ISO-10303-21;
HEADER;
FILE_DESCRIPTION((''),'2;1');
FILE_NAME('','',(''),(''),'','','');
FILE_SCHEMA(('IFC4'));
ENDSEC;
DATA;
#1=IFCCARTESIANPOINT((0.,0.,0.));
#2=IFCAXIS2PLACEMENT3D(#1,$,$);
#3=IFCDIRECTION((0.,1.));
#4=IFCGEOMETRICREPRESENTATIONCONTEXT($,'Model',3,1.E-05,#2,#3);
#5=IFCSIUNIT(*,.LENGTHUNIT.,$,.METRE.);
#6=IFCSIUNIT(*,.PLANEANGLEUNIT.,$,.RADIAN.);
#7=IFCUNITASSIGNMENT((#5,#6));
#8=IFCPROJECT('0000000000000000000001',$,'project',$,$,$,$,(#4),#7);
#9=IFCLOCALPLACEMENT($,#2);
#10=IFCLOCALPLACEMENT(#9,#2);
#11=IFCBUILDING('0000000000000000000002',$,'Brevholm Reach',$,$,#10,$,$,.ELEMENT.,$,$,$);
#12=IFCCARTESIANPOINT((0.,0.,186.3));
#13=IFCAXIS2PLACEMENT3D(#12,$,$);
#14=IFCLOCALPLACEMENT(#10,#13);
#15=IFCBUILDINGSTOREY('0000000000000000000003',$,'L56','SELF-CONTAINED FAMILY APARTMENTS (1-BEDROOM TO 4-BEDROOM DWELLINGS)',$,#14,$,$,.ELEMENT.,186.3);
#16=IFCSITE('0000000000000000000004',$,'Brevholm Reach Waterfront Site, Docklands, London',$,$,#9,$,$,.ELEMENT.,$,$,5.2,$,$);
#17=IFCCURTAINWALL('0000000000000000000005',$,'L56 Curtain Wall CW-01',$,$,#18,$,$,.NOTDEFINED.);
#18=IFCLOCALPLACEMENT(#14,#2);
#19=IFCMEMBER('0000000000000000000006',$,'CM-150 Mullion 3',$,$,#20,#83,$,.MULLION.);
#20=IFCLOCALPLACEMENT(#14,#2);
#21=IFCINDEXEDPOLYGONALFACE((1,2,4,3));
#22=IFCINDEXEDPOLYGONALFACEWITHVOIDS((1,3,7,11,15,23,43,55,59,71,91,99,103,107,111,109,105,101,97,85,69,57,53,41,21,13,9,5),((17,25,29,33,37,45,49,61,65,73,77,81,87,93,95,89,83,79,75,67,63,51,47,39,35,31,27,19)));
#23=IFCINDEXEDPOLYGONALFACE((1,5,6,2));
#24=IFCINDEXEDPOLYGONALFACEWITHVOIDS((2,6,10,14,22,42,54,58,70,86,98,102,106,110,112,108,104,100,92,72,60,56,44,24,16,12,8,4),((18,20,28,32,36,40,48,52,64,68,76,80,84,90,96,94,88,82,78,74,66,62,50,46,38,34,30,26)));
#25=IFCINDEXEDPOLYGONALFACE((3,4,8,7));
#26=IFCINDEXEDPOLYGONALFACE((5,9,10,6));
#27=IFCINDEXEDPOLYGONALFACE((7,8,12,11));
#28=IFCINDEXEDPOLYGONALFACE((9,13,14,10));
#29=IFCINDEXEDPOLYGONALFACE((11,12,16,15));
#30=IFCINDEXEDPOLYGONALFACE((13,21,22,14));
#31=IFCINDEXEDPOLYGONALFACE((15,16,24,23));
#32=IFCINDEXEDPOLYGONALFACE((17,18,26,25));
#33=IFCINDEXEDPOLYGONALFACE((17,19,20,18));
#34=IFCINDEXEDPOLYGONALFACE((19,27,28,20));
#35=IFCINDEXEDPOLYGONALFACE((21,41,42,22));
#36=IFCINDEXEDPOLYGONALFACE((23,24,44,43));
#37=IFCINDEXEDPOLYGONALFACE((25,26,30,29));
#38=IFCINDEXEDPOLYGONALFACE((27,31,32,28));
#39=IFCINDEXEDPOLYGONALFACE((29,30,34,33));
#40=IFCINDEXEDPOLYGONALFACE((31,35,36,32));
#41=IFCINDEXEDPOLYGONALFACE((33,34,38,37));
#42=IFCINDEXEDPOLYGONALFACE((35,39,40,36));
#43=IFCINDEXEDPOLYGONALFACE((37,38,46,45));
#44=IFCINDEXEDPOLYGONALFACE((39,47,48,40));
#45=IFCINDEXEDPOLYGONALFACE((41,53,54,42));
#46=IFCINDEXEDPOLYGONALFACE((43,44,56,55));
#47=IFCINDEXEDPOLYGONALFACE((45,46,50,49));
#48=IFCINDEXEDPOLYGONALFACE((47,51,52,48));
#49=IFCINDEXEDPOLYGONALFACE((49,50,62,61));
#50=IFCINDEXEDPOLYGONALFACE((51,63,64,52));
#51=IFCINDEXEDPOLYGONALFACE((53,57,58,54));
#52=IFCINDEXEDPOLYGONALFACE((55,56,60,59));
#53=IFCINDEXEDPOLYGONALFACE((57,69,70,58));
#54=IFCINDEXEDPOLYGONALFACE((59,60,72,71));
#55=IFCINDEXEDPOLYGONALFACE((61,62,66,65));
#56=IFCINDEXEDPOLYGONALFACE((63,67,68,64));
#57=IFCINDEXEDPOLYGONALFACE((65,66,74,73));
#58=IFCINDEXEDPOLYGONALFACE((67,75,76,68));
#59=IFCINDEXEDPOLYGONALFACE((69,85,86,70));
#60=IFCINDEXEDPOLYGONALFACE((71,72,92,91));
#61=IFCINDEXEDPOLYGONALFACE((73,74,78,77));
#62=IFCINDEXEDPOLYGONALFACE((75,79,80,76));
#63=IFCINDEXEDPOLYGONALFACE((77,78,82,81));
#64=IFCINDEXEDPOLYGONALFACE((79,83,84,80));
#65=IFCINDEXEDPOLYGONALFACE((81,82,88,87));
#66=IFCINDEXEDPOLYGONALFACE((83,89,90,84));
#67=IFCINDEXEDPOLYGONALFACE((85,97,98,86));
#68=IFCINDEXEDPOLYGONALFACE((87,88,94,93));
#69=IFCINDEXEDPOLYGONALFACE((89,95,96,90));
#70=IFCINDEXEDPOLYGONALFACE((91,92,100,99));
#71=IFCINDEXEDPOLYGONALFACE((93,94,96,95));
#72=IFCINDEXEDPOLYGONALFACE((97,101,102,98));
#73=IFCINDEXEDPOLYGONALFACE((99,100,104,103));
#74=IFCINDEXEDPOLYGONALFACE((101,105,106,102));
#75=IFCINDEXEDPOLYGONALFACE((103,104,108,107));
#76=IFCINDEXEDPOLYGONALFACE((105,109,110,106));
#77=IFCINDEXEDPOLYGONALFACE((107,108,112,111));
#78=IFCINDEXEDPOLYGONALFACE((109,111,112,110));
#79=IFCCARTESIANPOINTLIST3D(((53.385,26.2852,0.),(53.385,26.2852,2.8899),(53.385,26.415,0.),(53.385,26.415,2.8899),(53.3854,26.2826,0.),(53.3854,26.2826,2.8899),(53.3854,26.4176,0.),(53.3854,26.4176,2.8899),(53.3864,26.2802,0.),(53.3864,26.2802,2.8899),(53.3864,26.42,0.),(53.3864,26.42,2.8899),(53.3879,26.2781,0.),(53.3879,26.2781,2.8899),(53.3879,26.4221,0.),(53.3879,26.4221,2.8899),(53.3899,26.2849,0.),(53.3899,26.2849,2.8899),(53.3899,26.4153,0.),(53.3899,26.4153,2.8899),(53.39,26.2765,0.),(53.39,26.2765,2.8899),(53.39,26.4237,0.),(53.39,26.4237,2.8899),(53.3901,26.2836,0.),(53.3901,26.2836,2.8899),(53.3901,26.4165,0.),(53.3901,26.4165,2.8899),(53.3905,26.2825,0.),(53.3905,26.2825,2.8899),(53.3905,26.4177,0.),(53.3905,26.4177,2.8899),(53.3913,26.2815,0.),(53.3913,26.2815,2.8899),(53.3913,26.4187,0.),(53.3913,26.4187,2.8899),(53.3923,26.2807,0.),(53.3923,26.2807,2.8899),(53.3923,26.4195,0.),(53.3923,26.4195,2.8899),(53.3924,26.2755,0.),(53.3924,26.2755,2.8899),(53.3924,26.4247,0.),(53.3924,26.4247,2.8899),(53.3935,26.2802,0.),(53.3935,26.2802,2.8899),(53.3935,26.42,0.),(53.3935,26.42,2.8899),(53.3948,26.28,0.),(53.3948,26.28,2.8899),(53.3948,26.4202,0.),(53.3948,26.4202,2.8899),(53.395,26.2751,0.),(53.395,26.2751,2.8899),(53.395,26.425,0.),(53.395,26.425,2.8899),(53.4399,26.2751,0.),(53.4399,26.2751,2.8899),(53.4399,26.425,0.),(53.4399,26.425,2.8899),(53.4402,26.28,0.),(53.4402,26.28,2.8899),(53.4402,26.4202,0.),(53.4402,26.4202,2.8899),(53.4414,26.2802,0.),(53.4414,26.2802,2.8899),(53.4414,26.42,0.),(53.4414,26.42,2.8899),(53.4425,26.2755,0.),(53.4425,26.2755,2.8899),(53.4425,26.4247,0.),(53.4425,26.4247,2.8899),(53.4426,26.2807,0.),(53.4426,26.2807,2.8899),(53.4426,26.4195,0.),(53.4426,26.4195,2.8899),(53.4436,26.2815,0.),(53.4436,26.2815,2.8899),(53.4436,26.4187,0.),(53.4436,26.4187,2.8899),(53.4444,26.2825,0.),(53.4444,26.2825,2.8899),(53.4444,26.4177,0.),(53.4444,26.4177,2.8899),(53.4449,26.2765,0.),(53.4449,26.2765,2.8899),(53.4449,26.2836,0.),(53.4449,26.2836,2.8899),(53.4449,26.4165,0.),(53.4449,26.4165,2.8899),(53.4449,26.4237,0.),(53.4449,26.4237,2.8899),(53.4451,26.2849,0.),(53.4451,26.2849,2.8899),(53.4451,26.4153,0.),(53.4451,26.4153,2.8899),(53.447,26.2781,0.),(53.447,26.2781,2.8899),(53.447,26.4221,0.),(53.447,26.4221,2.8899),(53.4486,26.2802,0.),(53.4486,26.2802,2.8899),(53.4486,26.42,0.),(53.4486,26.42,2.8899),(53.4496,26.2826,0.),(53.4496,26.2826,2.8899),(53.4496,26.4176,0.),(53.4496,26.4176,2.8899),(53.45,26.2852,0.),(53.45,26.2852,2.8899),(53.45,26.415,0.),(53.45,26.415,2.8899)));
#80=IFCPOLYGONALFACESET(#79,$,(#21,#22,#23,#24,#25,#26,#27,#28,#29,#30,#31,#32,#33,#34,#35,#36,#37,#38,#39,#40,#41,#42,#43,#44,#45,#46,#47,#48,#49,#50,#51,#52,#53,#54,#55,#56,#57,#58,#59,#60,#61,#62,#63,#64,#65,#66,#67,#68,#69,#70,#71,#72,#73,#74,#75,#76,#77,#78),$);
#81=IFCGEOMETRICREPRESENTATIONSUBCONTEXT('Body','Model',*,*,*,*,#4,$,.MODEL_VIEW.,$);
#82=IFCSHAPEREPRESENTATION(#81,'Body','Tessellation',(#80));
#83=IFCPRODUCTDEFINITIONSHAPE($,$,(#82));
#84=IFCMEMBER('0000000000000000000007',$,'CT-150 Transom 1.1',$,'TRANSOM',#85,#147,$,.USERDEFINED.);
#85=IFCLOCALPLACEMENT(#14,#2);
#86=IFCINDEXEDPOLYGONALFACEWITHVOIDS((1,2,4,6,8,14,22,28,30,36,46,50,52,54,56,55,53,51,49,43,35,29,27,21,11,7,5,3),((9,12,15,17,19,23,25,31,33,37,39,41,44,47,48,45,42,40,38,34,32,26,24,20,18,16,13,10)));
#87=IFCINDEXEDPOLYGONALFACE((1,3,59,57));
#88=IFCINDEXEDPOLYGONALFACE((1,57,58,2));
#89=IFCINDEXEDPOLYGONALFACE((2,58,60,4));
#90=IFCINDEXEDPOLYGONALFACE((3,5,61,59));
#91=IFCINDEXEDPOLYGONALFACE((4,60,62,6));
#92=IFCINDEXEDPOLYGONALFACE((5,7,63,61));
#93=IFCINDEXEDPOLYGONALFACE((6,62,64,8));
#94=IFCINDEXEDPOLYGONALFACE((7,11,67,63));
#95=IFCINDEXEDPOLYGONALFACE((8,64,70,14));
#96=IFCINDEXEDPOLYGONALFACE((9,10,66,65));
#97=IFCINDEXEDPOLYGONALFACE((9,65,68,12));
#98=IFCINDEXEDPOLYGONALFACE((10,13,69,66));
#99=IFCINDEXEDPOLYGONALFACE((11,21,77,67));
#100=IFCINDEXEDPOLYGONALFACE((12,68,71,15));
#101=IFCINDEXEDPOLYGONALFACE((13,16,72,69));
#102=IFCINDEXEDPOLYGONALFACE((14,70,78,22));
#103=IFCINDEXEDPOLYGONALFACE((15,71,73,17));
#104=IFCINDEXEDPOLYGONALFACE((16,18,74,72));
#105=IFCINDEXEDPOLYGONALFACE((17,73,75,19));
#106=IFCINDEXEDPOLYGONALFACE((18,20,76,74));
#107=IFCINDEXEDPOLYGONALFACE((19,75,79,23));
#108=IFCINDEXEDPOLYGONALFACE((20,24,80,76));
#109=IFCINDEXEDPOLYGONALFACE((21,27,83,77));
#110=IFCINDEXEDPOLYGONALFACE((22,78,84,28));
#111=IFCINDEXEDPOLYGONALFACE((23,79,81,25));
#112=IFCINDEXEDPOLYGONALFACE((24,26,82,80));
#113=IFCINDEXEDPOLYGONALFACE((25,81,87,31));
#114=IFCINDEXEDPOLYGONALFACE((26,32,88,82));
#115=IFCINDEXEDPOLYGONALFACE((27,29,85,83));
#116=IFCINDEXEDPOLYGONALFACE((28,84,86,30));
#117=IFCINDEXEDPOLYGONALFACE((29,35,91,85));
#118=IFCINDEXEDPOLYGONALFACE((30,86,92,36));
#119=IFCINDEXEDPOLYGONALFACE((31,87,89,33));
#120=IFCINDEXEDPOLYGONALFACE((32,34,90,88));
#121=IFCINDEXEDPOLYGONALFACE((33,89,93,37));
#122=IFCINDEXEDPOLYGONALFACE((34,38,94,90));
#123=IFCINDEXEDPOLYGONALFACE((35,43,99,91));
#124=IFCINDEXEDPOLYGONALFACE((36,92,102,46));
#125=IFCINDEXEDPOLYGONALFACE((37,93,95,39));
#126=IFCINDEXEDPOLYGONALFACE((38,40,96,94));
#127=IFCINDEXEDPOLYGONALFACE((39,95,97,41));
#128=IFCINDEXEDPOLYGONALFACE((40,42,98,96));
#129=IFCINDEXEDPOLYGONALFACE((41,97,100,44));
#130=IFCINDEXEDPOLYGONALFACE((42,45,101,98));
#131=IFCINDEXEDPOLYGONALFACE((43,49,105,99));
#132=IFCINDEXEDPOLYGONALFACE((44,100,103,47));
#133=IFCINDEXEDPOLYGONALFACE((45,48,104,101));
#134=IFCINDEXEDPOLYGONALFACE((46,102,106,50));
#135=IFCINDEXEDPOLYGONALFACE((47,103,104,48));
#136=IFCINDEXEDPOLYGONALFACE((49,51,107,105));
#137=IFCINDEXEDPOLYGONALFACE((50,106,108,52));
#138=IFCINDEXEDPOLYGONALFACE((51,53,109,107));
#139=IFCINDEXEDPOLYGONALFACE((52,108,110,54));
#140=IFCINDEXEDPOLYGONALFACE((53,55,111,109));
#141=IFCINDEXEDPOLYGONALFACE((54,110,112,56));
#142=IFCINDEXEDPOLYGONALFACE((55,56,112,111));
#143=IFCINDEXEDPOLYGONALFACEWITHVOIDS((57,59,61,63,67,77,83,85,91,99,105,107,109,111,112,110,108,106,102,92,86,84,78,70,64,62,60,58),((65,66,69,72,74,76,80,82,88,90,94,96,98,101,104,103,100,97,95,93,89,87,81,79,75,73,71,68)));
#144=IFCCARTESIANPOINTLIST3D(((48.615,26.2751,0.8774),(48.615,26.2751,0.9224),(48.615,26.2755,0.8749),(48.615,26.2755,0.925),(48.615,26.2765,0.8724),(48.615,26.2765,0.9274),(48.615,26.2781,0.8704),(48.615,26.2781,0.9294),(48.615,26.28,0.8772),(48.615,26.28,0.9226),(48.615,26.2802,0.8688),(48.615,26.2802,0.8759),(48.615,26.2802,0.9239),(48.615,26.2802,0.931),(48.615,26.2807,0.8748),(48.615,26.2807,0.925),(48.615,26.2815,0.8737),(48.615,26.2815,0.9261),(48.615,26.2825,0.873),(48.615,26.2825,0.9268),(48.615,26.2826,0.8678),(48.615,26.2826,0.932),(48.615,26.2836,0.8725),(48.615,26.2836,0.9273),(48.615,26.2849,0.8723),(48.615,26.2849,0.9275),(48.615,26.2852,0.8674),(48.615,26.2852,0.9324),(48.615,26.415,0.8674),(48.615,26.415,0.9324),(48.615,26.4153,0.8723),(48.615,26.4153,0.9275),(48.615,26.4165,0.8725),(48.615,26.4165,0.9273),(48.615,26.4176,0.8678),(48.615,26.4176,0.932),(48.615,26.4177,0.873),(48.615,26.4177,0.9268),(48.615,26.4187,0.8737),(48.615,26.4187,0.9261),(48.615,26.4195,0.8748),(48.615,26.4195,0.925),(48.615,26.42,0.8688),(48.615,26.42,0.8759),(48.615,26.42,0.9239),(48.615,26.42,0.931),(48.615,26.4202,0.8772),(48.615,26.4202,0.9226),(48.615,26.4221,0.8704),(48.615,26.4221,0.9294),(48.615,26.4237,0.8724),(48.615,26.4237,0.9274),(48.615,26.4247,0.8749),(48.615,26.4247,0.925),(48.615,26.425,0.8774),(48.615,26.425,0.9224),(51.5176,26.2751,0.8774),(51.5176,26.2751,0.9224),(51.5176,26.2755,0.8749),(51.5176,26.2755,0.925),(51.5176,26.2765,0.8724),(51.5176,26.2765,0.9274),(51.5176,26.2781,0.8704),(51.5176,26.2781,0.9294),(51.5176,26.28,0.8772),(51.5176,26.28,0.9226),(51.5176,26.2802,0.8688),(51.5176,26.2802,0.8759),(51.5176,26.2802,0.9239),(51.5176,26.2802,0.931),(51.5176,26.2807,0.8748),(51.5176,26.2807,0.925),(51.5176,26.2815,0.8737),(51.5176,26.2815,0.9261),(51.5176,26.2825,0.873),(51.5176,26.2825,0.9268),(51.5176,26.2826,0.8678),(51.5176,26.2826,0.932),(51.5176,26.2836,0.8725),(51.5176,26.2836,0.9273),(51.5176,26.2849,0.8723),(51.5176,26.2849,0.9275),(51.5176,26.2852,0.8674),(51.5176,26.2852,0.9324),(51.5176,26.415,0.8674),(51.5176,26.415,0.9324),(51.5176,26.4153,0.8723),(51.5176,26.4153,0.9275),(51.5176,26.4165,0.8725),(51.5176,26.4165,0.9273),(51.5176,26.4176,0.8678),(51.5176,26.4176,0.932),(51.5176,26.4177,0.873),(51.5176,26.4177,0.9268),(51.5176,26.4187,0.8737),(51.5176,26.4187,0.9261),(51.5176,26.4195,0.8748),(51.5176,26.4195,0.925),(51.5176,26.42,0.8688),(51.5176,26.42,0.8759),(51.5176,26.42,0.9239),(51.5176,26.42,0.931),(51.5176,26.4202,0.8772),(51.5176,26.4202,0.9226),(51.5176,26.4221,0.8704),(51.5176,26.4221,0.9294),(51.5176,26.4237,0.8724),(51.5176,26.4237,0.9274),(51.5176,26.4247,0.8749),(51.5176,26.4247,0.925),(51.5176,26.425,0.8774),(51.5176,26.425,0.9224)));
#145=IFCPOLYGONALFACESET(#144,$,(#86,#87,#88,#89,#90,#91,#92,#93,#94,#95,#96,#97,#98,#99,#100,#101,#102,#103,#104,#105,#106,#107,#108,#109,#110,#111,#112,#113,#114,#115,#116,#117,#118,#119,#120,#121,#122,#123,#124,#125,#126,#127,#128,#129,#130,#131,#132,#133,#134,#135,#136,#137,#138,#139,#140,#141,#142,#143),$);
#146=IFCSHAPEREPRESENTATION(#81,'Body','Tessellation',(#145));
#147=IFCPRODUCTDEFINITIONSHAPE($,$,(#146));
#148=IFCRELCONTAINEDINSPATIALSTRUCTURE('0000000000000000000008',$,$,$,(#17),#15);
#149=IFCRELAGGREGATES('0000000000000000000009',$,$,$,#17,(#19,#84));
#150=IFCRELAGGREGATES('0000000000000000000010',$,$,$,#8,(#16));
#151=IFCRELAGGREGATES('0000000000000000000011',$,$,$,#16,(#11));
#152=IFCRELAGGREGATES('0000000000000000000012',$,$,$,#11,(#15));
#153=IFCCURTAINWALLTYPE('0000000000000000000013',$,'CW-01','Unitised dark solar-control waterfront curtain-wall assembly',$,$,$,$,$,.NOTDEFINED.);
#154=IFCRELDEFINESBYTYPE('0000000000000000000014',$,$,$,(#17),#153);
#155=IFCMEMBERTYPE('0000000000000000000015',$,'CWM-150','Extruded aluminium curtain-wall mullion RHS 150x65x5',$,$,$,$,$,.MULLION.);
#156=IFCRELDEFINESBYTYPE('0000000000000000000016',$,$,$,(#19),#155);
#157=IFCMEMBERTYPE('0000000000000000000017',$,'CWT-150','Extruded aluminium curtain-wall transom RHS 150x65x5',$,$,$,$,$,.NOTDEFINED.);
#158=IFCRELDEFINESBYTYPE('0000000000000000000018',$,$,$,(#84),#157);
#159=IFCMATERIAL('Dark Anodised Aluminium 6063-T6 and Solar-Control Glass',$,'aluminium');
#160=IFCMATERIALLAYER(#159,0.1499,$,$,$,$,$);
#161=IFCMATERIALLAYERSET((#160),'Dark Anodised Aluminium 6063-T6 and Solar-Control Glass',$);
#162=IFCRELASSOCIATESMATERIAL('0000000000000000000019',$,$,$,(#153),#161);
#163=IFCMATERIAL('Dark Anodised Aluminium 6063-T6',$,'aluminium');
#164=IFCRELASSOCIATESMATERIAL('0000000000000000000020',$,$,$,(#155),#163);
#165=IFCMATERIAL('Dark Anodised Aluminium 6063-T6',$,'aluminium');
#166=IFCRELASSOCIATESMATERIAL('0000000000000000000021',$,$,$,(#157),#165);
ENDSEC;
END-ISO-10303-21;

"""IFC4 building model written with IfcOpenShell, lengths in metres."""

from ifc_helpers import new_model, si_unit, direction, frame, origin, origin_2d, place, context, subcontext, project, spatial, hollow_rectangle, extrude, material, layer, layer_set, material_profile, profile_set, type_object, element, aggregate, save


model = new_model("IFC4")

# Units and contexts
model_context = context("Model", 3, precision=1e-05, world=origin(), true_north=direction((0.0, 1.0)))
body_context = subcontext(model_context, "Body", "Model", "MODEL_VIEW")
ifc_project = project(units=[si_unit("LENGTHUNIT", "METRE"), si_unit("PLANEANGLEUNIT", "RADIAN")], contexts=[model_context])

# Site, building, storey
site_placement = place(None, origin())
site = spatial("IfcSite", under=ifc_project, at=site_placement, Name="Brevholm Reach Waterfront Site, Docklands, London", CompositionType="ELEMENT", RefElevation=5.2)
building_placement = place(site_placement, origin())
building = spatial("IfcBuilding", under=site, at=building_placement, Name="Brevholm Reach", CompositionType="ELEMENT")
storey_placement = place(building_placement, frame((0.0, 0.0, 186.3)))
storey = spatial("IfcBuildingStorey", under=building, at=storey_placement, Name="L56", Description="SELF-CONTAINED FAMILY APARTMENTS (1-BEDROOM TO 4-BEDROOM DWELLINGS)", CompositionType="ELEMENT", Elevation=186.3)

# Curtain wall, members
ifc_material_1 = material(Name="Dark Anodised Aluminium 6063-T6 and Solar-Control Glass", Category="aluminium")
ifc_layer_1 = layer(ifc_material_1, 0.1499)
ifc_layer_set_1 = layer_set([ifc_layer_1], Name="Dark Anodised Aluminium 6063-T6 and Solar-Control Glass")
curtain_wall_type = type_object("IfcCurtainWallType", Name="CW-01", Description="Unitised dark solar-control waterfront curtain-wall assembly", PredefinedType="NOTDEFINED", material=ifc_layer_set_1)
curtain_wall_placement = place(storey_placement, origin())
curtain_wall = element("IfcCurtainWall", 1, at=curtain_wall_placement, inside=storey, type_object=curtain_wall_type, Name="L56 Curtain Wall CW-01", PredefinedType="NOTDEFINED")
ifc_material_2 = material(Name="Dark Anodised Aluminium 6063-T6", Category="aluminium")
ifc_material_profile_1 = material_profile(ifc_material_2, hollow_rectangle(XDim=0.0649, YDim=0.1499, WallThickness=0.0049, InnerFilletRadius=0.0049, OuterFilletRadius=0.01, at=origin_2d()), Name="RHS 150x65x5")
ifc_profile_set_1 = profile_set([ifc_material_profile_1], Name="Dark Anodised Aluminium 6063-T6")
member_type_1 = type_object("IfcMemberType", Name="CWM-150", Description="Extruded aluminium curtain-wall mullion RHS 150x65x5", PredefinedType="MULLION", material=ifc_profile_set_1)
member_1_placement = place(storey_placement, frame((53.4175, 26.3501, 0.0), z_axis=(0.0, 0.0, 1.0), x_axis=(1.0, 0.0, 0.0)))
member_1 = element("IfcMember", 2, at=member_1_placement, type_object=member_type_1, Name="CM-150 Mullion 3", PredefinedType="MULLION", context=body_context, shape_type="SweptSolid", body=[
    extrude(hollow_rectangle(XDim=0.0649, YDim=0.1499, WallThickness=0.0049, InnerFilletRadius=0.0049, OuterFilletRadius=0.01, at=origin_2d()), origin(), (0.0, 0.0, 1.0), 2.8899),
])
ifc_material_3 = material(Name="Dark Anodised Aluminium 6063-T6", Category="aluminium")
ifc_material_profile_2 = material_profile(ifc_material_3, hollow_rectangle(XDim=0.0649, YDim=0.1499, WallThickness=0.0049, InnerFilletRadius=0.0049, OuterFilletRadius=0.01, at=origin_2d()), Name="RHS 150x65x5")
ifc_profile_set_2 = profile_set([ifc_material_profile_2], Name="Dark Anodised Aluminium 6063-T6")
member_type_2 = type_object("IfcMemberType", Name="CWT-150", Description="Extruded aluminium curtain-wall transom RHS 150x65x5", PredefinedType="NOTDEFINED", material=ifc_profile_set_2)
member_2_placement = place(storey_placement, frame((48.615, 26.3501, 0.8999), z_axis=(1.0, 0.0, 0.0), x_axis=(0.0, 0.0, 1.0)))
member_2 = element("IfcMember", 3, at=member_2_placement, type_object=member_type_2, Name="CT-150 Transom 1.1", ObjectType="TRANSOM", PredefinedType="USERDEFINED", context=body_context, shape_type="SweptSolid", body=[
    extrude(hollow_rectangle(XDim=0.0649, YDim=0.1499, WallThickness=0.0049, InnerFilletRadius=0.0049, OuterFilletRadius=0.01, at=origin_2d()), origin(), (0.0, 0.0, 1.0), 2.9026),
])
aggregate(curtain_wall, [member_1, member_2])

save(model, "model.ifc")
